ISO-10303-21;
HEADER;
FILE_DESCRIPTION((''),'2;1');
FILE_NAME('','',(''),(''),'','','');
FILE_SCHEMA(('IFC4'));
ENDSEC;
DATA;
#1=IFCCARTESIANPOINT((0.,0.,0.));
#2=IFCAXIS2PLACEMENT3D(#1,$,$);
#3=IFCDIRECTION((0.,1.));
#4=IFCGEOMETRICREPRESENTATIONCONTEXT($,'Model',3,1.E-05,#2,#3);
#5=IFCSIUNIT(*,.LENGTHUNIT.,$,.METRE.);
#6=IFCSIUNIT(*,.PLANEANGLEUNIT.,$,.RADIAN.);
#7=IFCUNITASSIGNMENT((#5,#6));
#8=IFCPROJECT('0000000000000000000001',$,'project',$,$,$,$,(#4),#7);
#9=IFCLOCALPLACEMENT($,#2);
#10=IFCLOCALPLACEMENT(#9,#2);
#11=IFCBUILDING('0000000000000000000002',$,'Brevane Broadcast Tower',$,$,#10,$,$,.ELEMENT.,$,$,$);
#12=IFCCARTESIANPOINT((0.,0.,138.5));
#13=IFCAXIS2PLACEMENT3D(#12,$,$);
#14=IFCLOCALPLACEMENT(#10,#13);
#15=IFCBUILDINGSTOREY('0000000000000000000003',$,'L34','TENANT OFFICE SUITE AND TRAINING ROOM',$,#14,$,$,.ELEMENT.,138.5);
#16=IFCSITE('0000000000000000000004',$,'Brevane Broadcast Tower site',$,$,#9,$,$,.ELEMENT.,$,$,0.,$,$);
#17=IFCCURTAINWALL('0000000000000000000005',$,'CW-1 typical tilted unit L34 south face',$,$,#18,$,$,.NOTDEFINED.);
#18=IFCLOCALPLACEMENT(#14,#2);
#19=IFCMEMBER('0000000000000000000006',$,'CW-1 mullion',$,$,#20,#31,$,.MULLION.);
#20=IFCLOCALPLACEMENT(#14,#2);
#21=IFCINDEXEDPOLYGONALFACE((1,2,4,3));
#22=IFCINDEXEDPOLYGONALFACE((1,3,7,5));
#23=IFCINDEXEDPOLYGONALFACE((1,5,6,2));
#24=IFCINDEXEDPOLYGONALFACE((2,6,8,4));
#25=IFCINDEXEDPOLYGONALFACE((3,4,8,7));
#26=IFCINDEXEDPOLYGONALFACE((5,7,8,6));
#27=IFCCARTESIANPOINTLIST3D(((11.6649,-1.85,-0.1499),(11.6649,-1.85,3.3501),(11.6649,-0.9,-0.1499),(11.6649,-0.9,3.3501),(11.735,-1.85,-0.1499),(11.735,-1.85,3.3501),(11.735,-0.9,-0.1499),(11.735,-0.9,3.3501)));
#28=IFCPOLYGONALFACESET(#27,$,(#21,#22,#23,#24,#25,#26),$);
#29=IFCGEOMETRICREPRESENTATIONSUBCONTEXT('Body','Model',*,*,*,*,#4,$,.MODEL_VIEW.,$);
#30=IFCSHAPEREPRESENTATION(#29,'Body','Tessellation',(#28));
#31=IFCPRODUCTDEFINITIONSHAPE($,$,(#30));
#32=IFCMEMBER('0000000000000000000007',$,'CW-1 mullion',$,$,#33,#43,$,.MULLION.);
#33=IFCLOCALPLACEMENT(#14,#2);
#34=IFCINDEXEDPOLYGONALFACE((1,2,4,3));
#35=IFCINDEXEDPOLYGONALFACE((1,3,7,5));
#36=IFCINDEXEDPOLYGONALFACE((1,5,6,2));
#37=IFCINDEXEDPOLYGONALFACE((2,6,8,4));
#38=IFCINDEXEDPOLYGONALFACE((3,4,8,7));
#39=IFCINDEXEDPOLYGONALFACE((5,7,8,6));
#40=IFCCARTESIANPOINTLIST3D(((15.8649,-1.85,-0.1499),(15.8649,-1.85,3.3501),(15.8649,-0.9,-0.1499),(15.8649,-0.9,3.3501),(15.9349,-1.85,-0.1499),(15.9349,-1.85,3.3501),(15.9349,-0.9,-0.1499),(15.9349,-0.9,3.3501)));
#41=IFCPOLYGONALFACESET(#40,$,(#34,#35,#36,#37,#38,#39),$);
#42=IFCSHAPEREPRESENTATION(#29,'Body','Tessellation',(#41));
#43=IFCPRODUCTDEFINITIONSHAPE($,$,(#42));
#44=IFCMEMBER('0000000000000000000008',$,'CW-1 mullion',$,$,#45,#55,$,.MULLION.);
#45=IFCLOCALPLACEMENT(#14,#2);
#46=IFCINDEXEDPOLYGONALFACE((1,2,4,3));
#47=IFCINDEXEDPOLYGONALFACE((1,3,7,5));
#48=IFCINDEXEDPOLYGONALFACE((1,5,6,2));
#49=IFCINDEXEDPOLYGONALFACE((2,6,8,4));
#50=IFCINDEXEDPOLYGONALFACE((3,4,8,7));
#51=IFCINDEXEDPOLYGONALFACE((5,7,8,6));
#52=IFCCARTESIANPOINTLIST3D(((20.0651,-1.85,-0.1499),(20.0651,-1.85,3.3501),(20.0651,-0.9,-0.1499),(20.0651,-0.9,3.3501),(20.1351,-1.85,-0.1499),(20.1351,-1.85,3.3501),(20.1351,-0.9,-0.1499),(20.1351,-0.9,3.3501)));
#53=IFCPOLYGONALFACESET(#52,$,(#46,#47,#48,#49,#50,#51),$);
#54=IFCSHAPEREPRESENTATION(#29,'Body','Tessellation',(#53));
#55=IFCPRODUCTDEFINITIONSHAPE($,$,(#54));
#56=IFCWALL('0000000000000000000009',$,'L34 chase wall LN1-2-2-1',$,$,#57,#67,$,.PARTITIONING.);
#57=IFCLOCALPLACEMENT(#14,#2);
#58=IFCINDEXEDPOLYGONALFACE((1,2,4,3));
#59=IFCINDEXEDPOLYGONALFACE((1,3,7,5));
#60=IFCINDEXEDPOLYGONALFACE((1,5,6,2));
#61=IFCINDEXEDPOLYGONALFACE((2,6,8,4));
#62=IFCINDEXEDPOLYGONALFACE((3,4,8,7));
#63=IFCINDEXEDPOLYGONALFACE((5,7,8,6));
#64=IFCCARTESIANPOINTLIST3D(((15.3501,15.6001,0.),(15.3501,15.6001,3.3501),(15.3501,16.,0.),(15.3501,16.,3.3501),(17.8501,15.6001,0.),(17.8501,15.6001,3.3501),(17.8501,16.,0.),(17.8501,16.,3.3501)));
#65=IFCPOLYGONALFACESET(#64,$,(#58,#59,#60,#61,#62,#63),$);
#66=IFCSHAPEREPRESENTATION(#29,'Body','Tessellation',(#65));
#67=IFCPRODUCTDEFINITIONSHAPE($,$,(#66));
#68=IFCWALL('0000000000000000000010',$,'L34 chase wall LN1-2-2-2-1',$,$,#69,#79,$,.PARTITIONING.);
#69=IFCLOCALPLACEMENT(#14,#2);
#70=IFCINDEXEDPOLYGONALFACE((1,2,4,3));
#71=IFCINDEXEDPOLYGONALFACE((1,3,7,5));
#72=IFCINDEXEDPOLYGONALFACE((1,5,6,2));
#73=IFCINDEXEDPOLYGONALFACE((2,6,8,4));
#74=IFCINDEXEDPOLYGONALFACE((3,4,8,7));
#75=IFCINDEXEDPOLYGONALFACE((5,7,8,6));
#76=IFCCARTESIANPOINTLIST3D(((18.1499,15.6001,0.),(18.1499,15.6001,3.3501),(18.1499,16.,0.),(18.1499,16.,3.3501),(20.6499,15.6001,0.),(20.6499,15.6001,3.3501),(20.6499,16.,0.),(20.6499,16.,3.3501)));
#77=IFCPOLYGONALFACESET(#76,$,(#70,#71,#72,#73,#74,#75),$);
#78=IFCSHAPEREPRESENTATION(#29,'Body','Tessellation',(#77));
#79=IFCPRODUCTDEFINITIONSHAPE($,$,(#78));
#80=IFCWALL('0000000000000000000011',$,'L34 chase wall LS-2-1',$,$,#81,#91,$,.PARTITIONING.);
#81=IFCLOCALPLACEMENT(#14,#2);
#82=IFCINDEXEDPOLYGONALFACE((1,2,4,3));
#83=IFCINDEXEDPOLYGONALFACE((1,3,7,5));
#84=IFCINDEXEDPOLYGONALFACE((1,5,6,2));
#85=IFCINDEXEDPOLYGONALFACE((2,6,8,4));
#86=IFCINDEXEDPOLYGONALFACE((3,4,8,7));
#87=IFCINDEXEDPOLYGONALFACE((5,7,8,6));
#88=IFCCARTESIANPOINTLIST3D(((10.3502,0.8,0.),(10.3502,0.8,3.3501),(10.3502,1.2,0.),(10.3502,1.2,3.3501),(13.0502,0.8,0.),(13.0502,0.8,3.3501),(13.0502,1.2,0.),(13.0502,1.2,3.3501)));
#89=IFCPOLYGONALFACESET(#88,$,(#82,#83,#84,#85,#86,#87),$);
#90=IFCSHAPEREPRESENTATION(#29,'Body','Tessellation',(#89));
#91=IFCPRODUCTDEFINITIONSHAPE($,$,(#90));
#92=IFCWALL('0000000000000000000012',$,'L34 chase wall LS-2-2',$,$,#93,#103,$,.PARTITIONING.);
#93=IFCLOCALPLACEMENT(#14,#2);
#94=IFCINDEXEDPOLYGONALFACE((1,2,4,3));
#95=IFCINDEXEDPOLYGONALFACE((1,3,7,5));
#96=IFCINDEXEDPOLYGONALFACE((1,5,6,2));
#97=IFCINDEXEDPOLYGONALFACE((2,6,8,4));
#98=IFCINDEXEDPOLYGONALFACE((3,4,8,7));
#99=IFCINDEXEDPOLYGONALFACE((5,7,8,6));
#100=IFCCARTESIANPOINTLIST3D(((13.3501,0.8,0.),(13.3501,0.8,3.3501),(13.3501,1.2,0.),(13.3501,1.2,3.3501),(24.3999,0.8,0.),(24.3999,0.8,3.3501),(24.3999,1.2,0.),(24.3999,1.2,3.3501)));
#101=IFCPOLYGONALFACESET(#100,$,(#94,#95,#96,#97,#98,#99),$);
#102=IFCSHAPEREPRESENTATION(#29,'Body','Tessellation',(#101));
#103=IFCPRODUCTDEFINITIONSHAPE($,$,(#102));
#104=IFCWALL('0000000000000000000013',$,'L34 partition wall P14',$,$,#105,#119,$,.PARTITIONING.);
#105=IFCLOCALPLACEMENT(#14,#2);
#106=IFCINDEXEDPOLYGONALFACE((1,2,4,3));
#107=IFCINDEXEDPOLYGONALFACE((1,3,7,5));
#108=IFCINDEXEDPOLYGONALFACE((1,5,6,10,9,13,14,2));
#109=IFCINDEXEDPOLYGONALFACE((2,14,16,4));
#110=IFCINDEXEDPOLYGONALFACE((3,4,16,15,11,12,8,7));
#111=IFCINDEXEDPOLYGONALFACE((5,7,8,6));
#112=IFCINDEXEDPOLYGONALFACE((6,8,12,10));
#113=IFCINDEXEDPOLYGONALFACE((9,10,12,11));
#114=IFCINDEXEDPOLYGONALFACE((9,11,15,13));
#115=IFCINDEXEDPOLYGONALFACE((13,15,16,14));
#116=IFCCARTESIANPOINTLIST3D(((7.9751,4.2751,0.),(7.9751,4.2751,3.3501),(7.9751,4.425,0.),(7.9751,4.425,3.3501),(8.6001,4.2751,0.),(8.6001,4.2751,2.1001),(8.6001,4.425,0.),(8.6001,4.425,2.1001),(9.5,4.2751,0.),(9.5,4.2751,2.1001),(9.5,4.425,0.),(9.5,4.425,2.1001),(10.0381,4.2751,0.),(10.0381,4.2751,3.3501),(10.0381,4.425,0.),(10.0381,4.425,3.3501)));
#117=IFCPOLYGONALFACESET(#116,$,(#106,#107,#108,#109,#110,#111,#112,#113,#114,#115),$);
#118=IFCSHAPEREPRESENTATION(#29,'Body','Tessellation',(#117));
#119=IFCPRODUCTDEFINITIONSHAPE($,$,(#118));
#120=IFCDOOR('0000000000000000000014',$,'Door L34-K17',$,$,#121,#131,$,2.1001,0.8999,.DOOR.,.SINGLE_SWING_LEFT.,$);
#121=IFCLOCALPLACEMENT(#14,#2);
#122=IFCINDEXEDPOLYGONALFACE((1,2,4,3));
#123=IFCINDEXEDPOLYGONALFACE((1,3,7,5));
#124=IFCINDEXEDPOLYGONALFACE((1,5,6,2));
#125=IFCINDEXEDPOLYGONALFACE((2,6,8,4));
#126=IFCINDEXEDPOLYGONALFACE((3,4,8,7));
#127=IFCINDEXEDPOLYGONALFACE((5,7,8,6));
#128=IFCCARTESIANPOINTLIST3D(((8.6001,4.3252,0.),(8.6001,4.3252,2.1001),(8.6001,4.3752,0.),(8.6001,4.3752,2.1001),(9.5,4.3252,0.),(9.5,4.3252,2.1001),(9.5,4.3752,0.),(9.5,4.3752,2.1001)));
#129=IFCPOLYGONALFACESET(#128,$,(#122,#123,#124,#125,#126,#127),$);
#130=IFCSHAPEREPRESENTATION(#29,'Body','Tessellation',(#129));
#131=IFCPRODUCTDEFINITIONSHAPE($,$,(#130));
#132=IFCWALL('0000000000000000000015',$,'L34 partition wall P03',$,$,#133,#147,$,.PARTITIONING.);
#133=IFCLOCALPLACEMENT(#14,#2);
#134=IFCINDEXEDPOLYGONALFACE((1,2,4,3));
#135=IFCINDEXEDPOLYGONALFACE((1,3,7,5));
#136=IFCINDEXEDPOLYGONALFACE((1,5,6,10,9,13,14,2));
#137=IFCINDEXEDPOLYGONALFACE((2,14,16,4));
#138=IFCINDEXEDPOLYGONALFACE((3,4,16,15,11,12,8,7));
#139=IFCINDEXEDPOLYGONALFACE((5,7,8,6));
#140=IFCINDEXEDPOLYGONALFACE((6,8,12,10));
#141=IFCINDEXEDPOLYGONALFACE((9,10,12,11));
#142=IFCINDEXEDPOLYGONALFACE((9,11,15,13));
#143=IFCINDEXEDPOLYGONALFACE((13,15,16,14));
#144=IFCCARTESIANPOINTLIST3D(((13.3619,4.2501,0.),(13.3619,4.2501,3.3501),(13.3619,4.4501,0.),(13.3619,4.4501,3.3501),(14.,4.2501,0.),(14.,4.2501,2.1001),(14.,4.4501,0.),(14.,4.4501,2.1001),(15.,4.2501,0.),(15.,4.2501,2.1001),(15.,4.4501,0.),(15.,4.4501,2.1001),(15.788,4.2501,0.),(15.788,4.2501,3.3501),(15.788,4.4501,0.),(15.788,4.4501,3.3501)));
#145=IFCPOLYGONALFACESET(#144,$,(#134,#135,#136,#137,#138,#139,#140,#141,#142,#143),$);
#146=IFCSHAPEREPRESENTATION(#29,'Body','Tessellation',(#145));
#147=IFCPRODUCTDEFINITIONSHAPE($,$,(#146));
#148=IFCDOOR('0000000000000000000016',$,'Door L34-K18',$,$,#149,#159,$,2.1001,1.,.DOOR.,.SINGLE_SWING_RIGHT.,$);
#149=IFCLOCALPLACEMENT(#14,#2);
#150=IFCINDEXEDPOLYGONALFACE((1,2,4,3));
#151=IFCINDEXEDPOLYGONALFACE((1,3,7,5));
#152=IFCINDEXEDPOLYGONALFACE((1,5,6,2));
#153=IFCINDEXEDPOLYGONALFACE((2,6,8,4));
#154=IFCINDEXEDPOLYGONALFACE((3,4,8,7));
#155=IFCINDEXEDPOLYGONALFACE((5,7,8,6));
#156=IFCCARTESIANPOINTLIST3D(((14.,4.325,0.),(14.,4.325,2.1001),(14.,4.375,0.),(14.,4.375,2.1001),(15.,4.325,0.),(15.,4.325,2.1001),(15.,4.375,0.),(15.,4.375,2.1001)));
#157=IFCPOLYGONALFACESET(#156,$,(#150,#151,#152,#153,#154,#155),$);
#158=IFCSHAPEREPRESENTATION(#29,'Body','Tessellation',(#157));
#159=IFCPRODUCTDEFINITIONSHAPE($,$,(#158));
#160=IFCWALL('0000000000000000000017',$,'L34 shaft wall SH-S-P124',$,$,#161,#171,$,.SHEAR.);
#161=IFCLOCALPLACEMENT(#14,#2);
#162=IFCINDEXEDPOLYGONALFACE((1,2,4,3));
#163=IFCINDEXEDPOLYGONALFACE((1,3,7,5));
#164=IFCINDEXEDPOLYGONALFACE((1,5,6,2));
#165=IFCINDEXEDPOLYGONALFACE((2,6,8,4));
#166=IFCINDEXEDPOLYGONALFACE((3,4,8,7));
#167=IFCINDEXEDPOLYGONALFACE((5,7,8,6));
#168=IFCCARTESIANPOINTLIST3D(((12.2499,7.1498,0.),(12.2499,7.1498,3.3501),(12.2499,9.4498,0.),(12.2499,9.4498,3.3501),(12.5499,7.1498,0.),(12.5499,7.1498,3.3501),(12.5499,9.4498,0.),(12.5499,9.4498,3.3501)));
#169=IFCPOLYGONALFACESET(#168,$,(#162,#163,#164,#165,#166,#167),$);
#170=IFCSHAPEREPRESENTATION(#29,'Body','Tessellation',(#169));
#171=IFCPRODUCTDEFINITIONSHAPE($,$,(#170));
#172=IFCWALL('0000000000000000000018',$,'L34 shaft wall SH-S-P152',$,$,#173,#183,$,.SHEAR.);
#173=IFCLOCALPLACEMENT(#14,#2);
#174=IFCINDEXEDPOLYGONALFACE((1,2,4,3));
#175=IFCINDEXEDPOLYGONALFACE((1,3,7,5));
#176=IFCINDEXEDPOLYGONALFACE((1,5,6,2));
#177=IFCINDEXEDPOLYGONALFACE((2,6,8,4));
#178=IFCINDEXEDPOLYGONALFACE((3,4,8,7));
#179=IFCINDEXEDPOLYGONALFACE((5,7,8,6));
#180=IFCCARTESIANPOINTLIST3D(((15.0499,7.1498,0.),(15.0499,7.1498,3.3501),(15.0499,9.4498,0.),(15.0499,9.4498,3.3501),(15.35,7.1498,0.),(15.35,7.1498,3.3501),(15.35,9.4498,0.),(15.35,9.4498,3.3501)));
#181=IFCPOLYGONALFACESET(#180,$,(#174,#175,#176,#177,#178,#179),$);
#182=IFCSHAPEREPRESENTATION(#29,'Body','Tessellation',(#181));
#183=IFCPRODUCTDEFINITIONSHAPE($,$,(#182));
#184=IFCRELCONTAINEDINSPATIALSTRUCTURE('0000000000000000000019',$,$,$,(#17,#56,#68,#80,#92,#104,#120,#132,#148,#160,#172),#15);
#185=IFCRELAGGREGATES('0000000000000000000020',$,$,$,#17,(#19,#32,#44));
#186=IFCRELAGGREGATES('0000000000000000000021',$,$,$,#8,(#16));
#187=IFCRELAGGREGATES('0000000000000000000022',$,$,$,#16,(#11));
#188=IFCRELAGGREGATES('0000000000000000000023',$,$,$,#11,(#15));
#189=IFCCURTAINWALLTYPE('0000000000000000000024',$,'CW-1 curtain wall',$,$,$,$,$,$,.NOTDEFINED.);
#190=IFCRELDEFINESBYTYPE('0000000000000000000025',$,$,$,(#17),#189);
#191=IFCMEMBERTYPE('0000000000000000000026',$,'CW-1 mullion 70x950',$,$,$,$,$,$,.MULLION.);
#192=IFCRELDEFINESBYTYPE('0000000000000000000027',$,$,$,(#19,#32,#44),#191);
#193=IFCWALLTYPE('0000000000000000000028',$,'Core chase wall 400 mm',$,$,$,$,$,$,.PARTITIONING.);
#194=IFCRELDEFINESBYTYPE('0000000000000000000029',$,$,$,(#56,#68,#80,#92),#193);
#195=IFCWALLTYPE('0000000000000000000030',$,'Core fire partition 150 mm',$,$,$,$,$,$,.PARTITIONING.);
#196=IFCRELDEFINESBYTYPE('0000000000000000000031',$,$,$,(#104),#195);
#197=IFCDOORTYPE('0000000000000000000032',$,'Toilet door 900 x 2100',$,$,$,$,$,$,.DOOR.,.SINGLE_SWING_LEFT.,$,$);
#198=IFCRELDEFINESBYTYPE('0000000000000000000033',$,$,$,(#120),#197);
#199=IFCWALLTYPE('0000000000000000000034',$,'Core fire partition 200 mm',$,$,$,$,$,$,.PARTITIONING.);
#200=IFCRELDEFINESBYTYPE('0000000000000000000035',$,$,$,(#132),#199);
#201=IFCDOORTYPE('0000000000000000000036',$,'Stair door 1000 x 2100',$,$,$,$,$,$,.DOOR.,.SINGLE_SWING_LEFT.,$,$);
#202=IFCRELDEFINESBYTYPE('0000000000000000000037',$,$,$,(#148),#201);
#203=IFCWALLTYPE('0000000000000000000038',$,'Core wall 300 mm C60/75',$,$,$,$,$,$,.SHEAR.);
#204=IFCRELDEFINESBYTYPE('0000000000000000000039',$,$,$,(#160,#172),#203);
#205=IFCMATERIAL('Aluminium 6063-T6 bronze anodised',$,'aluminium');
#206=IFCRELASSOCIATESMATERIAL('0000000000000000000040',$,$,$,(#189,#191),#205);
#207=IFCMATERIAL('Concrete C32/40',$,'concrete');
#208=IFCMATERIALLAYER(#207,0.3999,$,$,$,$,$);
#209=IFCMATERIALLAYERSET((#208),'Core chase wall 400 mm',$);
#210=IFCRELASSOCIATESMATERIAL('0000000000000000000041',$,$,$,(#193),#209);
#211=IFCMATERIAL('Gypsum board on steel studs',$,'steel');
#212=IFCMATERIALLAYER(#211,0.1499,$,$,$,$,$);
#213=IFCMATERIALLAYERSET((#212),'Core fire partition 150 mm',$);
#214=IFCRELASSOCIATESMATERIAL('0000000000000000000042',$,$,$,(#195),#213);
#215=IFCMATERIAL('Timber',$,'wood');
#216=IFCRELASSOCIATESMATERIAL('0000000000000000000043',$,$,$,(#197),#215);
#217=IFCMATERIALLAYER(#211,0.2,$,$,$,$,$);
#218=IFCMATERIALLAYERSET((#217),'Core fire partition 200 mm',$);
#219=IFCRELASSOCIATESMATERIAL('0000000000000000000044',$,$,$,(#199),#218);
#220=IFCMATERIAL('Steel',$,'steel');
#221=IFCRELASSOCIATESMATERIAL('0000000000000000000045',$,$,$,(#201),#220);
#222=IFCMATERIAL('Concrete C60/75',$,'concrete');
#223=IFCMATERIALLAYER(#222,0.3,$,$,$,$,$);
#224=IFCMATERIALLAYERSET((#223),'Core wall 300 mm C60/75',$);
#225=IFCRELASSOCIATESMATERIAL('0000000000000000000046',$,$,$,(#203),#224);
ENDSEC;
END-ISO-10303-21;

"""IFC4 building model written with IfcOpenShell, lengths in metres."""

from ifc_helpers import new_model, si_unit, direction, frame, frame_2d, origin, origin_2d, place, context, subcontext, project, spatial, rectangle, extrude, material, layer, layer_set, material_profile, profile_set, type_object, element, fill, aggregate, save


model = new_model("IFC4")

# Units and contexts
model_context = context("Model", 3, precision=1e-05, world=origin(), true_north=direction((0.0, 1.0)))
body_context = subcontext(model_context, "Body", "Model", "MODEL_VIEW")
ifc_project = project(units=[si_unit("LENGTHUNIT", "METRE"), si_unit("PLANEANGLEUNIT", "RADIAN")], contexts=[model_context])

# Site, building, storey
site_placement = place(None, origin())
site = spatial("IfcSite", under=ifc_project, at=site_placement, Name="Brevane Broadcast Tower site", CompositionType="ELEMENT", RefElevation=0.0)
building_placement = place(site_placement, origin())
building = spatial("IfcBuilding", under=site, at=building_placement, Name="Brevane Broadcast Tower", CompositionType="ELEMENT")
storey_placement = place(building_placement, frame((0.0, 0.0, 138.5)))
storey = spatial("IfcBuildingStorey", under=building, at=storey_placement, Name="L34", Description="TENANT OFFICE SUITE AND TRAINING ROOM", CompositionType="ELEMENT", Elevation=138.5)

# Curtain wall, members
ifc_material_1 = material(Name="Aluminium 6063-T6 bronze anodised", Category="aluminium")
curtain_wall_type = type_object("IfcCurtainWallType", Name="CW-1 curtain wall", PredefinedType="NOTDEFINED", material=ifc_material_1)
curtain_wall_placement = place(storey_placement, origin())
curtain_wall = element("IfcCurtainWall", 1, at=curtain_wall_placement, inside=storey, type_object=curtain_wall_type, Name="CW-1 typical tilted unit L34 south face", PredefinedType="NOTDEFINED")
ifc_material_profile = material_profile(ifc_material_1, rectangle(XDim=0.95, YDim=0.0701, at=origin_2d()), Name="RECT 70x950")
ifc_profile_set = profile_set([ifc_material_profile], Name="Aluminium 6063-T6 bronze anodised")
member_type = type_object("IfcMemberType", Name="CW-1 mullion 70x950", PredefinedType="MULLION", material=ifc_profile_set)
member_1_placement = place(storey_placement, frame((11.7, -1.375, -0.1499), z_axis=(0.0, 0.0, 1.0), x_axis=(0.0, 1.0, 0.0)))
member_1 = element("IfcMember", 2, at=member_1_placement, type_object=member_type, Name="CW-1 mullion", PredefinedType="MULLION", context=body_context, shape_type="SweptSolid", body=[
    extrude(rectangle(XDim=0.95, YDim=0.0701, at=origin_2d()), origin(), (0.0, 0.0, 1.0), 3.5),
])
member_2_placement = place(storey_placement, frame((15.8999, -1.375, -0.1499), z_axis=(0.0, 0.0, 1.0), x_axis=(0.0, 1.0, 0.0)))
member_2 = element("IfcMember", 3, at=member_2_placement, type_object=member_type, Name="CW-1 mullion", PredefinedType="MULLION", context=body_context, shape_type="SweptSolid", body=[
    extrude(rectangle(XDim=0.95, YDim=0.0701, at=origin_2d()), origin(), (0.0, 0.0, 1.0), 3.5),
])
member_3_placement = place(storey_placement, frame((20.1001, -1.375, -0.1499), z_axis=(0.0, 0.0, 1.0), x_axis=(0.0, 1.0, 0.0)))
member_3 = element("IfcMember", 4, at=member_3_placement, type_object=member_type, Name="CW-1 mullion", PredefinedType="MULLION", context=body_context, shape_type="SweptSolid", body=[
    extrude(rectangle(XDim=0.95, YDim=0.0701, at=origin_2d()), origin(), (0.0, 0.0, 1.0), 3.5),
])
aggregate(curtain_wall, [member_1, member_2, member_3])

# Walls
ifc_material_2 = material(Name="Concrete C32/40", Category="concrete")
ifc_layer_1 = layer(ifc_material_2, 0.3999)
ifc_layer_set_1 = layer_set([ifc_layer_1], Name="Core chase wall 400 mm")
wall_type_1 = type_object("IfcWallType", Name="Core chase wall 400 mm", PredefinedType="PARTITIONING", material=ifc_layer_set_1)
for number, where, z_axis, x_axis, name in (
    (5, (15.3501, 15.8, 0.0), (0.0, 0.0, 1.0), (1.0, 0.0, 0.0), "L34 chase wall LN1-2-2-1"),
    (6, (18.1499, 15.8, 0.0), (0.0, 0.0, 1.0), (1.0, 0.0, 0.0), "L34 chase wall LN1-2-2-2-1"),
):
    element("IfcWall", number, at=place(storey_placement, frame(where, z_axis=z_axis, x_axis=x_axis)), inside=storey, type_object=wall_type_1, Name=name, PredefinedType="PARTITIONING", context=body_context, shape_type="SweptSolid", body=[
        extrude(rectangle(XDim=2.5, YDim=0.3999, at=frame_2d((1.25, 0.0))), origin(), (0.0, 0.0, 1.0), 3.3501),
    ])
wall_1_placement = place(storey_placement, frame((10.3501, 1.0, 0.0), z_axis=(0.0, 0.0, 1.0), x_axis=(1.0, 0.0, 0.0)))
element("IfcWall", 7, at=wall_1_placement, inside=storey, type_object=wall_type_1, Name="L34 chase wall LS-2-1", PredefinedType="PARTITIONING", context=body_context, shape_type="SweptSolid", body=[
    extrude(rectangle(XDim=2.7, YDim=0.3999, at=frame_2d((1.3501, 0.0))), origin(), (0.0, 0.0, 1.0), 3.3501),
])
wall_2_placement = place(storey_placement, frame((13.3501, 1.0, 0.0), z_axis=(0.0, 0.0, 1.0), x_axis=(1.0, 0.0, 0.0)))
element("IfcWall", 8, at=wall_2_placement, inside=storey, type_object=wall_type_1, Name="L34 chase wall LS-2-2", PredefinedType="PARTITIONING", context=body_context, shape_type="SweptSolid", body=[
    extrude(rectangle(XDim=11.0498, YDim=0.3999, at=frame_2d((5.5249, 0.0))), origin(), (0.0, 0.0, 1.0), 3.3501),
])

# Walls, openings, doors
ifc_material_3 = material(Name="Gypsum board on steel studs", Category="steel")
ifc_layer_2 = layer(ifc_material_3, 0.1499)
ifc_layer_set_2 = layer_set([ifc_layer_2], Name="Core fire partition 150 mm")
wall_type_2 = type_object("IfcWallType", Name="Core fire partition 150 mm", PredefinedType="PARTITIONING", material=ifc_layer_set_2)
wall_3_placement = place(storey_placement, frame((10.0381, 4.3501, 0.0), z_axis=(0.0, 0.0, 1.0), x_axis=(-1.0, 0.0, 0.0)))
wall_3 = element("IfcWall", 9, at=wall_3_placement, inside=storey, type_object=wall_type_2, Name="L34 partition wall P14", PredefinedType="PARTITIONING", context=body_context, shape_type="SweptSolid", body=[
    extrude(rectangle(XDim=2.063, YDim=0.1499, at=frame_2d((1.0315, 0.0))), origin(), (0.0, 0.0, 1.0), 3.3501),
])
opening_1_placement = place(wall_3_placement, frame((0.5381, 0.0, 0.0)))
opening_1 = element("IfcOpeningElement", 10, at=opening_1_placement, cuts=wall_3, PredefinedType="OPENING", context=body_context, shape_type="SweptSolid", body=[
    extrude(rectangle(XDim=0.8999, YDim=2.1001, at=frame_2d((0.45, 1.05))), frame((0.0, 0.085, 0.0), z_axis=(0.0, -1.0, 0.0), x_axis=(1.0, 0.0, 0.0)), (0.0, 0.0, 1.0), 0.1699),
])
ifc_material_4 = material(Name="Timber", Category="wood")
door_type_1 = type_object("IfcDoorType", Name="Toilet door 900 x 2100", OperationType="SINGLE_SWING_LEFT", PredefinedType="DOOR", material=ifc_material_4)
door_1_placement = place(opening_1_placement, origin())
door_1 = element("IfcDoor", 11, at=door_1_placement, inside=storey, type_object=door_type_1, Name="Door L34-K17", OperationType="SINGLE_SWING_LEFT", OverallHeight=2.1001, OverallWidth=0.8999, PredefinedType="DOOR", context=body_context, shape_type="SweptSolid", body=[
    extrude(rectangle(XDim=0.8999, YDim=2.1001, at=frame_2d((0.45, 1.05))), frame((0.0, 0.0249, 0.0), z_axis=(0.0, -1.0, 0.0), x_axis=(1.0, 0.0, 0.0)), (0.0, 0.0, 1.0), 0.05),
])
fill(opening_1, door_1)
ifc_layer_3 = layer(ifc_material_3, 0.2)
ifc_layer_set_3 = layer_set([ifc_layer_3], Name="Core fire partition 200 mm")
wall_type_3 = type_object("IfcWallType", Name="Core fire partition 200 mm", PredefinedType="PARTITIONING", material=ifc_layer_set_3)
wall_4_placement = place(storey_placement, frame((13.3621, 4.3501, 0.0), z_axis=(0.0, 0.0, 1.0), x_axis=(1.0, 0.0, 0.0)))
wall_4 = element("IfcWall", 12, at=wall_4_placement, inside=storey, type_object=wall_type_3, Name="L34 partition wall P03", PredefinedType="PARTITIONING", context=body_context, shape_type="SweptSolid", body=[
    extrude(rectangle(XDim=2.426, YDim=0.2, at=frame_2d((1.2129, 0.0))), origin(), (0.0, 0.0, 1.0), 3.3501),
])
opening_2_placement = place(wall_4_placement, frame((0.6379, 0.0, 0.0)))
opening_2 = element("IfcOpeningElement", 13, at=opening_2_placement, cuts=wall_4, PredefinedType="OPENING", context=body_context, shape_type="SweptSolid", body=[
    extrude(rectangle(XDim=1.0, YDim=2.1001, at=frame_2d((0.5, 1.05))), frame((0.0, 0.1099, 0.0), z_axis=(0.0, -1.0, 0.0), x_axis=(1.0, 0.0, 0.0)), (0.0, 0.0, 1.0), 0.22),
])
ifc_material_5 = material(Name="Steel", Category="steel")
door_type_2 = type_object("IfcDoorType", Name="Stair door 1000 x 2100", OperationType="SINGLE_SWING_LEFT", PredefinedType="DOOR", material=ifc_material_5)
door_2_placement = place(opening_2_placement, origin())
door_2 = element("IfcDoor", 14, at=door_2_placement, inside=storey, type_object=door_type_2, Name="Door L34-K18", OperationType="SINGLE_SWING_RIGHT", OverallHeight=2.1001, OverallWidth=1.0, PredefinedType="DOOR", context=body_context, shape_type="SweptSolid", body=[
    extrude(rectangle(XDim=1.0, YDim=2.1001, at=frame_2d((0.5, 1.05))), frame((0.0, 0.0249, 0.0), z_axis=(0.0, -1.0, 0.0), x_axis=(1.0, 0.0, 0.0)), (0.0, 0.0, 1.0), 0.05),
])
fill(opening_2, door_2)

# Walls
ifc_material_6 = material(Name="Concrete C60/75", Category="concrete")
ifc_layer_4 = layer(ifc_material_6, 0.3)
ifc_layer_set_4 = layer_set([ifc_layer_4], Name="Core wall 300 mm C60/75")
wall_type_4 = type_object("IfcWallType", Name="Core wall 300 mm C60/75", PredefinedType="SHEAR", material=ifc_layer_set_4)
for number, where, z_axis, x_axis, name in (
    (15, (12.3999, 7.1499, 0.0), (0.0, 0.0, 1.0), (0.0, 1.0, 0.0), "L34 shaft wall SH-S-P124"),
    (16, (15.2, 7.1499, 0.0), (0.0, 0.0, 1.0), (0.0, 1.0, 0.0), "L34 shaft wall SH-S-P152"),
):
    element("IfcWall", number, at=place(storey_placement, frame(where, z_axis=z_axis, x_axis=x_axis)), inside=storey, type_object=wall_type_4, Name=name, PredefinedType="SHEAR", context=body_context, shape_type="SweptSolid", body=[
        extrude(rectangle(XDim=2.3, YDim=0.3, at=frame_2d((1.1499, 0.0))), origin(), (0.0, 0.0, 1.0), 3.3501),
    ])

save(model, "model.ifc")
